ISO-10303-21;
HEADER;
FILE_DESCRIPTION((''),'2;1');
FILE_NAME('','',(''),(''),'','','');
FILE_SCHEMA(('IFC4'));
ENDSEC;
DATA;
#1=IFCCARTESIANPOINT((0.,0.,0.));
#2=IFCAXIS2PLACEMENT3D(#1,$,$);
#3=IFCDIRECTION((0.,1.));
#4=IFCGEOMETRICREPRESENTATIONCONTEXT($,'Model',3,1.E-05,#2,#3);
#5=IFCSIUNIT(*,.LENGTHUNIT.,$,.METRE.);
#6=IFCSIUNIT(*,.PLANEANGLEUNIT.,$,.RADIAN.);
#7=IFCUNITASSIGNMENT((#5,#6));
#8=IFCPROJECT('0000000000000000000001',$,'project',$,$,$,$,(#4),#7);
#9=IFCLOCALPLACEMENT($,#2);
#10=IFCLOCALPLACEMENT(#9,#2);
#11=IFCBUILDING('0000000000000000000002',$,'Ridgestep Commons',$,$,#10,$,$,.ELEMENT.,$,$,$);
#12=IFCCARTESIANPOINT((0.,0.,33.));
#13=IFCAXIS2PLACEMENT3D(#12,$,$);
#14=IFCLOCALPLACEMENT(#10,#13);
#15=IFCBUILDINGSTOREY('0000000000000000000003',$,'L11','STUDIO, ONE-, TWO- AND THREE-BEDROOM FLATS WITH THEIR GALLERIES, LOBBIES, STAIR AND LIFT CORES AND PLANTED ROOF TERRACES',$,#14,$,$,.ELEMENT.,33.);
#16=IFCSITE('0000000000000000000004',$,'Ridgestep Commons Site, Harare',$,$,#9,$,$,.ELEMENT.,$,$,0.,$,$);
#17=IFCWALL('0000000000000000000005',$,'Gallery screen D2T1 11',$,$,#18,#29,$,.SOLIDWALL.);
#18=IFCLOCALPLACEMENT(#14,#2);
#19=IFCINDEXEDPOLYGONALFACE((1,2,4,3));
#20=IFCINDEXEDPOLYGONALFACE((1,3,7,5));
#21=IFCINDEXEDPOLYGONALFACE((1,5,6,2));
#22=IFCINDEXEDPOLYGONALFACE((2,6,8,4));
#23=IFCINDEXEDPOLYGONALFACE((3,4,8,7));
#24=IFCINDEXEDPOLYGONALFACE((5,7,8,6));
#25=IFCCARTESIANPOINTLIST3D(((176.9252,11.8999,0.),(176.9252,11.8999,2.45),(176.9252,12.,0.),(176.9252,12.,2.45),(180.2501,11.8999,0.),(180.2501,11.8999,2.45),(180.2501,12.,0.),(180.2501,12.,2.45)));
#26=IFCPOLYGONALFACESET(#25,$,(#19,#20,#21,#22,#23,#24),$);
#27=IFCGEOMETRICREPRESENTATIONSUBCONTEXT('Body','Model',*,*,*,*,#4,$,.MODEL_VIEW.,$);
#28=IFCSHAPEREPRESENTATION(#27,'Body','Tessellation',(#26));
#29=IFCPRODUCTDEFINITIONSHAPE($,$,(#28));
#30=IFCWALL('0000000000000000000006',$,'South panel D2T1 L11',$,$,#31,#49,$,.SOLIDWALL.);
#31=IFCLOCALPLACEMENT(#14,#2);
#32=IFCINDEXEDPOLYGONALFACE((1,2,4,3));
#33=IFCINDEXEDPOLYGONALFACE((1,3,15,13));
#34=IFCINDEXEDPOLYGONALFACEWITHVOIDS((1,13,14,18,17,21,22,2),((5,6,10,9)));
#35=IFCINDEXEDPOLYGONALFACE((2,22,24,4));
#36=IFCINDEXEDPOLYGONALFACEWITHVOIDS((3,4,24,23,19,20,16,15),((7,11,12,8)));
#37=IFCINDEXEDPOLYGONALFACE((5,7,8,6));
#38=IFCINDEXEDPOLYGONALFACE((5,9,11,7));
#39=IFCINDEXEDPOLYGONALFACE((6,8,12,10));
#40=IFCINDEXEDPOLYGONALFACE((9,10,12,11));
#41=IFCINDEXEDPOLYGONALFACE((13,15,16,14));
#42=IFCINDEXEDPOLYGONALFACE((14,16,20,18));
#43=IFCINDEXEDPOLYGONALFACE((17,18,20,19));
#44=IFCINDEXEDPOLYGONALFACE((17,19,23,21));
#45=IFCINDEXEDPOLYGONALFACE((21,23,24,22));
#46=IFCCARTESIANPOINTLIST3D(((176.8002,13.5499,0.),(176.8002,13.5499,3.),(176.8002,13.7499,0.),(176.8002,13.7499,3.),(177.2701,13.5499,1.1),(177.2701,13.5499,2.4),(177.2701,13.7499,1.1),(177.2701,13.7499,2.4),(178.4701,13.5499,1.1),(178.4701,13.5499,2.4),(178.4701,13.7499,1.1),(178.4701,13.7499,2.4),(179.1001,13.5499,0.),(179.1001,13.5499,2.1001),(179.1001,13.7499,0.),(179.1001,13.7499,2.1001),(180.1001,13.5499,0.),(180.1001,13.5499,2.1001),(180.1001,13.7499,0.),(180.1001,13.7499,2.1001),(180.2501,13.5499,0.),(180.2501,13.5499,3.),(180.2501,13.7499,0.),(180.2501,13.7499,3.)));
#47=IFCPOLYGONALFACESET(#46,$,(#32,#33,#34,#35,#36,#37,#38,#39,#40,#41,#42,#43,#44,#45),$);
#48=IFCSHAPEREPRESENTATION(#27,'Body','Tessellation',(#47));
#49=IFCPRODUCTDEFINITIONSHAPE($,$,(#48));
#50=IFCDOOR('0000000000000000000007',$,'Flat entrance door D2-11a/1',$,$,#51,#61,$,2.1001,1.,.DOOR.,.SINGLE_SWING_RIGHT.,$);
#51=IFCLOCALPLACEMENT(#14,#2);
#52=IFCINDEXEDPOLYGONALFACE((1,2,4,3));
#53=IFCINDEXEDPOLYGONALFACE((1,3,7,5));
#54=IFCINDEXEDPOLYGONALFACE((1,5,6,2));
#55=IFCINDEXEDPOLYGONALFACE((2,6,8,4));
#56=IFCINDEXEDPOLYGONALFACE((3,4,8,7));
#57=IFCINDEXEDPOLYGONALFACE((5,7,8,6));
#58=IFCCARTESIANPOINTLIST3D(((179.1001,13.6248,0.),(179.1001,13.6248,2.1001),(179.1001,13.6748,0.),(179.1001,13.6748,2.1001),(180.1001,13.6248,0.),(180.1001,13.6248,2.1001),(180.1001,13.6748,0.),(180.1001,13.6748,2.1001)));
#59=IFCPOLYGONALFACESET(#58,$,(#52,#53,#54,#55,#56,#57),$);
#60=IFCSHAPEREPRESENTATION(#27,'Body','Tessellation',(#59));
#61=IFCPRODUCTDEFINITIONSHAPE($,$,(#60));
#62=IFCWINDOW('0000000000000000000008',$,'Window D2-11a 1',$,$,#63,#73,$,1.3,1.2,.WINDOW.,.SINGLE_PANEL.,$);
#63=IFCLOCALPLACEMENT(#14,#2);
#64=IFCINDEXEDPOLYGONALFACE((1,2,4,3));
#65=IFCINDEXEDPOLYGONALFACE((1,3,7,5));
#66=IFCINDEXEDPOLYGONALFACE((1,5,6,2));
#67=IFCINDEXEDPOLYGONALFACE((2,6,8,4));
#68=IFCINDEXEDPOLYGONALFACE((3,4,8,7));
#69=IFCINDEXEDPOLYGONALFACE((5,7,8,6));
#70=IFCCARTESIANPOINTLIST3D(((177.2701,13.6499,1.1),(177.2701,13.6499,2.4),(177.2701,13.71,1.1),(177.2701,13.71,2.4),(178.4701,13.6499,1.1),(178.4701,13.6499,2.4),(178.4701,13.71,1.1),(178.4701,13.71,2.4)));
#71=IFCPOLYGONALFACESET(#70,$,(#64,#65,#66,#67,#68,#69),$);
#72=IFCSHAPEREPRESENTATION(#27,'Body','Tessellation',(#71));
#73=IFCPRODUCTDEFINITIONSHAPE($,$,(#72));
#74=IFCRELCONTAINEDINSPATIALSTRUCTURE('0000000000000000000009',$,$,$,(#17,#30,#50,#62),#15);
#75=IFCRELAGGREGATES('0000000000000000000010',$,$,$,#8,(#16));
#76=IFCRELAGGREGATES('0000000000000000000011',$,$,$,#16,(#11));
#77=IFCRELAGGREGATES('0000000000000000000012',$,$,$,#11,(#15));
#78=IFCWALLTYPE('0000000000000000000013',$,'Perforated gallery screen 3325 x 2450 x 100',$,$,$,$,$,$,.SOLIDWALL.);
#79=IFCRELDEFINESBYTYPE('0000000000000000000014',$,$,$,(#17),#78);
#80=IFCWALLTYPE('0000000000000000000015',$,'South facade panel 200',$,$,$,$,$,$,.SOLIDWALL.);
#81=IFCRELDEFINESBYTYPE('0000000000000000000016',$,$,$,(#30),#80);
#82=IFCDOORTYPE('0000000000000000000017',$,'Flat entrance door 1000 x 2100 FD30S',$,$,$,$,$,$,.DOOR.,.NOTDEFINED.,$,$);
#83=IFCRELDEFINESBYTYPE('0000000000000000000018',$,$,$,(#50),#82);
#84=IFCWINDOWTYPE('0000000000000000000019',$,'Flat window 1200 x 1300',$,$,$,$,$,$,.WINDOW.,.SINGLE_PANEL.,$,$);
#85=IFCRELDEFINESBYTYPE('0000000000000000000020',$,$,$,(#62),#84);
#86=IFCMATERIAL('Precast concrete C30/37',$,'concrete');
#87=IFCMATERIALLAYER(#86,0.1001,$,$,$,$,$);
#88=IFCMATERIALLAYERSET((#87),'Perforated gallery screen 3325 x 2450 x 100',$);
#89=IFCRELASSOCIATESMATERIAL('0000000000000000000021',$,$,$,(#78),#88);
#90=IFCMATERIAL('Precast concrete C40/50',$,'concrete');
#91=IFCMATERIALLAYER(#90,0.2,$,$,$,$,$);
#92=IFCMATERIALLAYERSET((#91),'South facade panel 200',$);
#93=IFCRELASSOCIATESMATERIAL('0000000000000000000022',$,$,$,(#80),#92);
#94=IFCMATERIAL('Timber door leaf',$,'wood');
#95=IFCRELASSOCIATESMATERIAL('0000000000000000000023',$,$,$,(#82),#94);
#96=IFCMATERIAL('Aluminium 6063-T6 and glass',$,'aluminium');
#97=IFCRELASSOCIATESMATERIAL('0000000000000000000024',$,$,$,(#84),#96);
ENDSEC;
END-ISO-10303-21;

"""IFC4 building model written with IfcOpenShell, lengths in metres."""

from ifc_helpers import new_model, si_unit, direction, frame, frame_2d, origin, place, context, subcontext, project, spatial, rectangle, extrude, material, layer, layer_set, type_object, element, fill, save


model = new_model("IFC4")

# Units and contexts
model_context = context("Model", 3, precision=1e-05, world=origin(), true_north=direction((0.0, 1.0)))
body_context = subcontext(model_context, "Body", "Model", "MODEL_VIEW")
ifc_project = project(units=[si_unit("LENGTHUNIT", "METRE"), si_unit("PLANEANGLEUNIT", "RADIAN")], contexts=[model_context])

# Site, building, storey
site_placement = place(None, origin())
site = spatial("IfcSite", under=ifc_project, at=site_placement, Name="Ridgestep Commons Site, Harare", CompositionType="ELEMENT", RefElevation=0.0)
building_placement = place(site_placement, origin())
building = spatial("IfcBuilding", under=site, at=building_placement, Name="Ridgestep Commons", CompositionType="ELEMENT")
storey_placement = place(building_placement, frame((0.0, 0.0, 33.0)))
storey = spatial("IfcBuildingStorey", under=building, at=storey_placement, Name="L11", Description="STUDIO, ONE-, TWO- AND THREE-BEDROOM FLATS WITH THEIR GALLERIES, LOBBIES, STAIR AND LIFT CORES AND PLANTED ROOF TERRACES", CompositionType="ELEMENT", Elevation=33.0)

# Wall
ifc_material_1 = material(Name="Precast concrete C30/37", Category="concrete")
ifc_layer_1 = layer(ifc_material_1, 0.1001)
ifc_layer_set_1 = layer_set([ifc_layer_1], Name="Perforated gallery screen 3325 x 2450 x 100")
wall_type_1 = type_object("IfcWallType", Name="Perforated gallery screen 3325 x 2450 x 100", PredefinedType="SOLIDWALL", material=ifc_layer_set_1)
wall_1_placement = place(storey_placement, frame((176.925, 11.95, 0.0), z_axis=(0.0, 0.0, 1.0), x_axis=(1.0, 0.0, 0.0)))
element("IfcWall", 1, at=wall_1_placement, inside=storey, type_object=wall_type_1, Name="Gallery screen D2T1 11", PredefinedType="SOLIDWALL", context=body_context, shape_type="SweptSolid", body=[
    extrude(rectangle(XDim=3.325, YDim=0.1001, at=frame_2d((1.6626, 0.0))), origin(), (0.0, 0.0, 1.0), 2.45),
])

# Wall, openings, door, window
ifc_material_2 = material(Name="Precast concrete C40/50", Category="concrete")
ifc_layer_2 = layer(ifc_material_2, 0.2)
ifc_layer_set_2 = layer_set([ifc_layer_2], Name="South facade panel 200")
wall_type_2 = type_object("IfcWallType", Name="South facade panel 200", PredefinedType="SOLIDWALL", material=ifc_layer_set_2)
wall_2_placement = place(storey_placement, frame((176.8, 13.6499, 0.0), z_axis=(0.0, 0.0, 1.0), x_axis=(1.0, 0.0, 0.0)))
wall_2 = element("IfcWall", 2, at=wall_2_placement, inside=storey, type_object=wall_type_2, Name="South panel D2T1 L11", PredefinedType="SOLIDWALL", context=body_context, shape_type="SweptSolid", body=[
    extrude(rectangle(XDim=3.45, YDim=0.2, at=frame_2d((1.7251, 0.0))), origin(), (0.0, 0.0, 1.0), 3.0),
])
opening_1_placement = place(wall_2_placement, frame((0.47, 0.0, 1.1001)))
opening_1 = element("IfcOpeningElement", 3, at=opening_1_placement, cuts=wall_2, PredefinedType="OPENING", context=body_context, shape_type="SweptSolid", body=[
    extrude(rectangle(XDim=1.2, YDim=1.3, at=frame_2d((0.6001, 0.6499))), frame((0.0, 0.1099, 0.0), z_axis=(0.0, -1.0, 0.0), x_axis=(1.0, 0.0, 0.0)), (0.0, 0.0, 1.0), 0.22),
])
opening_2_placement = place(wall_2_placement, frame((2.3, 0.0, 0.0)))
opening_2 = element("IfcOpeningElement", 4, at=opening_2_placement, cuts=wall_2, PredefinedType="OPENING", context=body_context, shape_type="SweptSolid", body=[
    extrude(rectangle(XDim=1.0, YDim=2.1001, at=frame_2d((0.5, 1.05))), frame((0.0, 0.1099, 0.0), z_axis=(0.0, -1.0, 0.0), x_axis=(1.0, 0.0, 0.0)), (0.0, 0.0, 1.0), 0.22),
])
ifc_material_3 = material(Name="Timber door leaf", Category="wood")
door_type_1 = type_object("IfcDoorType", Name="Flat entrance door 1000 x 2100 FD30S", OperationType="NOTDEFINED", PredefinedType="DOOR", material=ifc_material_3)
door_1_placement = place(opening_2_placement, origin())
door_1 = element("IfcDoor", 5, at=door_1_placement, inside=storey, type_object=door_type_1, Name="Flat entrance door D2-11a/1", OperationType="SINGLE_SWING_RIGHT", OverallHeight=2.1001, OverallWidth=1.0, PredefinedType="DOOR", context=body_context, shape_type="SweptSolid", body=[
    extrude(rectangle(XDim=1.0, YDim=2.1001, at=frame_2d((0.5, 1.05))), frame((0.0, 0.0249, 0.0), z_axis=(0.0, -1.0, 0.0), x_axis=(1.0, 0.0, 0.0)), (0.0, 0.0, 1.0), 0.05),
])
fill(opening_2, door_1)
ifc_material_4 = material(Name="Aluminium 6063-T6 and glass", Category="aluminium")
window_type = type_object("IfcWindowType", Name="Flat window 1200 x 1300", PartitioningType="SINGLE_PANEL", PredefinedType="WINDOW", material=ifc_material_4)
window_placement = place(opening_1_placement, origin())
window = element("IfcWindow", 6, at=window_placement, inside=storey, type_object=window_type, Name="Window D2-11a 1", OverallHeight=1.3, OverallWidth=1.2, PartitioningType="SINGLE_PANEL", PredefinedType="WINDOW", context=body_context, shape_type="SweptSolid", body=[
    extrude(rectangle(XDim=1.2, YDim=1.3, at=frame_2d((0.6001, 0.6499))), frame((0.0, 0.0601, 0.0), z_axis=(0.0, -1.0, 0.0), x_axis=(1.0, 0.0, 0.0)), (0.0, 0.0, 1.0), 0.0601),
])
fill(opening_1, window)

save(model, "model.ifc")
